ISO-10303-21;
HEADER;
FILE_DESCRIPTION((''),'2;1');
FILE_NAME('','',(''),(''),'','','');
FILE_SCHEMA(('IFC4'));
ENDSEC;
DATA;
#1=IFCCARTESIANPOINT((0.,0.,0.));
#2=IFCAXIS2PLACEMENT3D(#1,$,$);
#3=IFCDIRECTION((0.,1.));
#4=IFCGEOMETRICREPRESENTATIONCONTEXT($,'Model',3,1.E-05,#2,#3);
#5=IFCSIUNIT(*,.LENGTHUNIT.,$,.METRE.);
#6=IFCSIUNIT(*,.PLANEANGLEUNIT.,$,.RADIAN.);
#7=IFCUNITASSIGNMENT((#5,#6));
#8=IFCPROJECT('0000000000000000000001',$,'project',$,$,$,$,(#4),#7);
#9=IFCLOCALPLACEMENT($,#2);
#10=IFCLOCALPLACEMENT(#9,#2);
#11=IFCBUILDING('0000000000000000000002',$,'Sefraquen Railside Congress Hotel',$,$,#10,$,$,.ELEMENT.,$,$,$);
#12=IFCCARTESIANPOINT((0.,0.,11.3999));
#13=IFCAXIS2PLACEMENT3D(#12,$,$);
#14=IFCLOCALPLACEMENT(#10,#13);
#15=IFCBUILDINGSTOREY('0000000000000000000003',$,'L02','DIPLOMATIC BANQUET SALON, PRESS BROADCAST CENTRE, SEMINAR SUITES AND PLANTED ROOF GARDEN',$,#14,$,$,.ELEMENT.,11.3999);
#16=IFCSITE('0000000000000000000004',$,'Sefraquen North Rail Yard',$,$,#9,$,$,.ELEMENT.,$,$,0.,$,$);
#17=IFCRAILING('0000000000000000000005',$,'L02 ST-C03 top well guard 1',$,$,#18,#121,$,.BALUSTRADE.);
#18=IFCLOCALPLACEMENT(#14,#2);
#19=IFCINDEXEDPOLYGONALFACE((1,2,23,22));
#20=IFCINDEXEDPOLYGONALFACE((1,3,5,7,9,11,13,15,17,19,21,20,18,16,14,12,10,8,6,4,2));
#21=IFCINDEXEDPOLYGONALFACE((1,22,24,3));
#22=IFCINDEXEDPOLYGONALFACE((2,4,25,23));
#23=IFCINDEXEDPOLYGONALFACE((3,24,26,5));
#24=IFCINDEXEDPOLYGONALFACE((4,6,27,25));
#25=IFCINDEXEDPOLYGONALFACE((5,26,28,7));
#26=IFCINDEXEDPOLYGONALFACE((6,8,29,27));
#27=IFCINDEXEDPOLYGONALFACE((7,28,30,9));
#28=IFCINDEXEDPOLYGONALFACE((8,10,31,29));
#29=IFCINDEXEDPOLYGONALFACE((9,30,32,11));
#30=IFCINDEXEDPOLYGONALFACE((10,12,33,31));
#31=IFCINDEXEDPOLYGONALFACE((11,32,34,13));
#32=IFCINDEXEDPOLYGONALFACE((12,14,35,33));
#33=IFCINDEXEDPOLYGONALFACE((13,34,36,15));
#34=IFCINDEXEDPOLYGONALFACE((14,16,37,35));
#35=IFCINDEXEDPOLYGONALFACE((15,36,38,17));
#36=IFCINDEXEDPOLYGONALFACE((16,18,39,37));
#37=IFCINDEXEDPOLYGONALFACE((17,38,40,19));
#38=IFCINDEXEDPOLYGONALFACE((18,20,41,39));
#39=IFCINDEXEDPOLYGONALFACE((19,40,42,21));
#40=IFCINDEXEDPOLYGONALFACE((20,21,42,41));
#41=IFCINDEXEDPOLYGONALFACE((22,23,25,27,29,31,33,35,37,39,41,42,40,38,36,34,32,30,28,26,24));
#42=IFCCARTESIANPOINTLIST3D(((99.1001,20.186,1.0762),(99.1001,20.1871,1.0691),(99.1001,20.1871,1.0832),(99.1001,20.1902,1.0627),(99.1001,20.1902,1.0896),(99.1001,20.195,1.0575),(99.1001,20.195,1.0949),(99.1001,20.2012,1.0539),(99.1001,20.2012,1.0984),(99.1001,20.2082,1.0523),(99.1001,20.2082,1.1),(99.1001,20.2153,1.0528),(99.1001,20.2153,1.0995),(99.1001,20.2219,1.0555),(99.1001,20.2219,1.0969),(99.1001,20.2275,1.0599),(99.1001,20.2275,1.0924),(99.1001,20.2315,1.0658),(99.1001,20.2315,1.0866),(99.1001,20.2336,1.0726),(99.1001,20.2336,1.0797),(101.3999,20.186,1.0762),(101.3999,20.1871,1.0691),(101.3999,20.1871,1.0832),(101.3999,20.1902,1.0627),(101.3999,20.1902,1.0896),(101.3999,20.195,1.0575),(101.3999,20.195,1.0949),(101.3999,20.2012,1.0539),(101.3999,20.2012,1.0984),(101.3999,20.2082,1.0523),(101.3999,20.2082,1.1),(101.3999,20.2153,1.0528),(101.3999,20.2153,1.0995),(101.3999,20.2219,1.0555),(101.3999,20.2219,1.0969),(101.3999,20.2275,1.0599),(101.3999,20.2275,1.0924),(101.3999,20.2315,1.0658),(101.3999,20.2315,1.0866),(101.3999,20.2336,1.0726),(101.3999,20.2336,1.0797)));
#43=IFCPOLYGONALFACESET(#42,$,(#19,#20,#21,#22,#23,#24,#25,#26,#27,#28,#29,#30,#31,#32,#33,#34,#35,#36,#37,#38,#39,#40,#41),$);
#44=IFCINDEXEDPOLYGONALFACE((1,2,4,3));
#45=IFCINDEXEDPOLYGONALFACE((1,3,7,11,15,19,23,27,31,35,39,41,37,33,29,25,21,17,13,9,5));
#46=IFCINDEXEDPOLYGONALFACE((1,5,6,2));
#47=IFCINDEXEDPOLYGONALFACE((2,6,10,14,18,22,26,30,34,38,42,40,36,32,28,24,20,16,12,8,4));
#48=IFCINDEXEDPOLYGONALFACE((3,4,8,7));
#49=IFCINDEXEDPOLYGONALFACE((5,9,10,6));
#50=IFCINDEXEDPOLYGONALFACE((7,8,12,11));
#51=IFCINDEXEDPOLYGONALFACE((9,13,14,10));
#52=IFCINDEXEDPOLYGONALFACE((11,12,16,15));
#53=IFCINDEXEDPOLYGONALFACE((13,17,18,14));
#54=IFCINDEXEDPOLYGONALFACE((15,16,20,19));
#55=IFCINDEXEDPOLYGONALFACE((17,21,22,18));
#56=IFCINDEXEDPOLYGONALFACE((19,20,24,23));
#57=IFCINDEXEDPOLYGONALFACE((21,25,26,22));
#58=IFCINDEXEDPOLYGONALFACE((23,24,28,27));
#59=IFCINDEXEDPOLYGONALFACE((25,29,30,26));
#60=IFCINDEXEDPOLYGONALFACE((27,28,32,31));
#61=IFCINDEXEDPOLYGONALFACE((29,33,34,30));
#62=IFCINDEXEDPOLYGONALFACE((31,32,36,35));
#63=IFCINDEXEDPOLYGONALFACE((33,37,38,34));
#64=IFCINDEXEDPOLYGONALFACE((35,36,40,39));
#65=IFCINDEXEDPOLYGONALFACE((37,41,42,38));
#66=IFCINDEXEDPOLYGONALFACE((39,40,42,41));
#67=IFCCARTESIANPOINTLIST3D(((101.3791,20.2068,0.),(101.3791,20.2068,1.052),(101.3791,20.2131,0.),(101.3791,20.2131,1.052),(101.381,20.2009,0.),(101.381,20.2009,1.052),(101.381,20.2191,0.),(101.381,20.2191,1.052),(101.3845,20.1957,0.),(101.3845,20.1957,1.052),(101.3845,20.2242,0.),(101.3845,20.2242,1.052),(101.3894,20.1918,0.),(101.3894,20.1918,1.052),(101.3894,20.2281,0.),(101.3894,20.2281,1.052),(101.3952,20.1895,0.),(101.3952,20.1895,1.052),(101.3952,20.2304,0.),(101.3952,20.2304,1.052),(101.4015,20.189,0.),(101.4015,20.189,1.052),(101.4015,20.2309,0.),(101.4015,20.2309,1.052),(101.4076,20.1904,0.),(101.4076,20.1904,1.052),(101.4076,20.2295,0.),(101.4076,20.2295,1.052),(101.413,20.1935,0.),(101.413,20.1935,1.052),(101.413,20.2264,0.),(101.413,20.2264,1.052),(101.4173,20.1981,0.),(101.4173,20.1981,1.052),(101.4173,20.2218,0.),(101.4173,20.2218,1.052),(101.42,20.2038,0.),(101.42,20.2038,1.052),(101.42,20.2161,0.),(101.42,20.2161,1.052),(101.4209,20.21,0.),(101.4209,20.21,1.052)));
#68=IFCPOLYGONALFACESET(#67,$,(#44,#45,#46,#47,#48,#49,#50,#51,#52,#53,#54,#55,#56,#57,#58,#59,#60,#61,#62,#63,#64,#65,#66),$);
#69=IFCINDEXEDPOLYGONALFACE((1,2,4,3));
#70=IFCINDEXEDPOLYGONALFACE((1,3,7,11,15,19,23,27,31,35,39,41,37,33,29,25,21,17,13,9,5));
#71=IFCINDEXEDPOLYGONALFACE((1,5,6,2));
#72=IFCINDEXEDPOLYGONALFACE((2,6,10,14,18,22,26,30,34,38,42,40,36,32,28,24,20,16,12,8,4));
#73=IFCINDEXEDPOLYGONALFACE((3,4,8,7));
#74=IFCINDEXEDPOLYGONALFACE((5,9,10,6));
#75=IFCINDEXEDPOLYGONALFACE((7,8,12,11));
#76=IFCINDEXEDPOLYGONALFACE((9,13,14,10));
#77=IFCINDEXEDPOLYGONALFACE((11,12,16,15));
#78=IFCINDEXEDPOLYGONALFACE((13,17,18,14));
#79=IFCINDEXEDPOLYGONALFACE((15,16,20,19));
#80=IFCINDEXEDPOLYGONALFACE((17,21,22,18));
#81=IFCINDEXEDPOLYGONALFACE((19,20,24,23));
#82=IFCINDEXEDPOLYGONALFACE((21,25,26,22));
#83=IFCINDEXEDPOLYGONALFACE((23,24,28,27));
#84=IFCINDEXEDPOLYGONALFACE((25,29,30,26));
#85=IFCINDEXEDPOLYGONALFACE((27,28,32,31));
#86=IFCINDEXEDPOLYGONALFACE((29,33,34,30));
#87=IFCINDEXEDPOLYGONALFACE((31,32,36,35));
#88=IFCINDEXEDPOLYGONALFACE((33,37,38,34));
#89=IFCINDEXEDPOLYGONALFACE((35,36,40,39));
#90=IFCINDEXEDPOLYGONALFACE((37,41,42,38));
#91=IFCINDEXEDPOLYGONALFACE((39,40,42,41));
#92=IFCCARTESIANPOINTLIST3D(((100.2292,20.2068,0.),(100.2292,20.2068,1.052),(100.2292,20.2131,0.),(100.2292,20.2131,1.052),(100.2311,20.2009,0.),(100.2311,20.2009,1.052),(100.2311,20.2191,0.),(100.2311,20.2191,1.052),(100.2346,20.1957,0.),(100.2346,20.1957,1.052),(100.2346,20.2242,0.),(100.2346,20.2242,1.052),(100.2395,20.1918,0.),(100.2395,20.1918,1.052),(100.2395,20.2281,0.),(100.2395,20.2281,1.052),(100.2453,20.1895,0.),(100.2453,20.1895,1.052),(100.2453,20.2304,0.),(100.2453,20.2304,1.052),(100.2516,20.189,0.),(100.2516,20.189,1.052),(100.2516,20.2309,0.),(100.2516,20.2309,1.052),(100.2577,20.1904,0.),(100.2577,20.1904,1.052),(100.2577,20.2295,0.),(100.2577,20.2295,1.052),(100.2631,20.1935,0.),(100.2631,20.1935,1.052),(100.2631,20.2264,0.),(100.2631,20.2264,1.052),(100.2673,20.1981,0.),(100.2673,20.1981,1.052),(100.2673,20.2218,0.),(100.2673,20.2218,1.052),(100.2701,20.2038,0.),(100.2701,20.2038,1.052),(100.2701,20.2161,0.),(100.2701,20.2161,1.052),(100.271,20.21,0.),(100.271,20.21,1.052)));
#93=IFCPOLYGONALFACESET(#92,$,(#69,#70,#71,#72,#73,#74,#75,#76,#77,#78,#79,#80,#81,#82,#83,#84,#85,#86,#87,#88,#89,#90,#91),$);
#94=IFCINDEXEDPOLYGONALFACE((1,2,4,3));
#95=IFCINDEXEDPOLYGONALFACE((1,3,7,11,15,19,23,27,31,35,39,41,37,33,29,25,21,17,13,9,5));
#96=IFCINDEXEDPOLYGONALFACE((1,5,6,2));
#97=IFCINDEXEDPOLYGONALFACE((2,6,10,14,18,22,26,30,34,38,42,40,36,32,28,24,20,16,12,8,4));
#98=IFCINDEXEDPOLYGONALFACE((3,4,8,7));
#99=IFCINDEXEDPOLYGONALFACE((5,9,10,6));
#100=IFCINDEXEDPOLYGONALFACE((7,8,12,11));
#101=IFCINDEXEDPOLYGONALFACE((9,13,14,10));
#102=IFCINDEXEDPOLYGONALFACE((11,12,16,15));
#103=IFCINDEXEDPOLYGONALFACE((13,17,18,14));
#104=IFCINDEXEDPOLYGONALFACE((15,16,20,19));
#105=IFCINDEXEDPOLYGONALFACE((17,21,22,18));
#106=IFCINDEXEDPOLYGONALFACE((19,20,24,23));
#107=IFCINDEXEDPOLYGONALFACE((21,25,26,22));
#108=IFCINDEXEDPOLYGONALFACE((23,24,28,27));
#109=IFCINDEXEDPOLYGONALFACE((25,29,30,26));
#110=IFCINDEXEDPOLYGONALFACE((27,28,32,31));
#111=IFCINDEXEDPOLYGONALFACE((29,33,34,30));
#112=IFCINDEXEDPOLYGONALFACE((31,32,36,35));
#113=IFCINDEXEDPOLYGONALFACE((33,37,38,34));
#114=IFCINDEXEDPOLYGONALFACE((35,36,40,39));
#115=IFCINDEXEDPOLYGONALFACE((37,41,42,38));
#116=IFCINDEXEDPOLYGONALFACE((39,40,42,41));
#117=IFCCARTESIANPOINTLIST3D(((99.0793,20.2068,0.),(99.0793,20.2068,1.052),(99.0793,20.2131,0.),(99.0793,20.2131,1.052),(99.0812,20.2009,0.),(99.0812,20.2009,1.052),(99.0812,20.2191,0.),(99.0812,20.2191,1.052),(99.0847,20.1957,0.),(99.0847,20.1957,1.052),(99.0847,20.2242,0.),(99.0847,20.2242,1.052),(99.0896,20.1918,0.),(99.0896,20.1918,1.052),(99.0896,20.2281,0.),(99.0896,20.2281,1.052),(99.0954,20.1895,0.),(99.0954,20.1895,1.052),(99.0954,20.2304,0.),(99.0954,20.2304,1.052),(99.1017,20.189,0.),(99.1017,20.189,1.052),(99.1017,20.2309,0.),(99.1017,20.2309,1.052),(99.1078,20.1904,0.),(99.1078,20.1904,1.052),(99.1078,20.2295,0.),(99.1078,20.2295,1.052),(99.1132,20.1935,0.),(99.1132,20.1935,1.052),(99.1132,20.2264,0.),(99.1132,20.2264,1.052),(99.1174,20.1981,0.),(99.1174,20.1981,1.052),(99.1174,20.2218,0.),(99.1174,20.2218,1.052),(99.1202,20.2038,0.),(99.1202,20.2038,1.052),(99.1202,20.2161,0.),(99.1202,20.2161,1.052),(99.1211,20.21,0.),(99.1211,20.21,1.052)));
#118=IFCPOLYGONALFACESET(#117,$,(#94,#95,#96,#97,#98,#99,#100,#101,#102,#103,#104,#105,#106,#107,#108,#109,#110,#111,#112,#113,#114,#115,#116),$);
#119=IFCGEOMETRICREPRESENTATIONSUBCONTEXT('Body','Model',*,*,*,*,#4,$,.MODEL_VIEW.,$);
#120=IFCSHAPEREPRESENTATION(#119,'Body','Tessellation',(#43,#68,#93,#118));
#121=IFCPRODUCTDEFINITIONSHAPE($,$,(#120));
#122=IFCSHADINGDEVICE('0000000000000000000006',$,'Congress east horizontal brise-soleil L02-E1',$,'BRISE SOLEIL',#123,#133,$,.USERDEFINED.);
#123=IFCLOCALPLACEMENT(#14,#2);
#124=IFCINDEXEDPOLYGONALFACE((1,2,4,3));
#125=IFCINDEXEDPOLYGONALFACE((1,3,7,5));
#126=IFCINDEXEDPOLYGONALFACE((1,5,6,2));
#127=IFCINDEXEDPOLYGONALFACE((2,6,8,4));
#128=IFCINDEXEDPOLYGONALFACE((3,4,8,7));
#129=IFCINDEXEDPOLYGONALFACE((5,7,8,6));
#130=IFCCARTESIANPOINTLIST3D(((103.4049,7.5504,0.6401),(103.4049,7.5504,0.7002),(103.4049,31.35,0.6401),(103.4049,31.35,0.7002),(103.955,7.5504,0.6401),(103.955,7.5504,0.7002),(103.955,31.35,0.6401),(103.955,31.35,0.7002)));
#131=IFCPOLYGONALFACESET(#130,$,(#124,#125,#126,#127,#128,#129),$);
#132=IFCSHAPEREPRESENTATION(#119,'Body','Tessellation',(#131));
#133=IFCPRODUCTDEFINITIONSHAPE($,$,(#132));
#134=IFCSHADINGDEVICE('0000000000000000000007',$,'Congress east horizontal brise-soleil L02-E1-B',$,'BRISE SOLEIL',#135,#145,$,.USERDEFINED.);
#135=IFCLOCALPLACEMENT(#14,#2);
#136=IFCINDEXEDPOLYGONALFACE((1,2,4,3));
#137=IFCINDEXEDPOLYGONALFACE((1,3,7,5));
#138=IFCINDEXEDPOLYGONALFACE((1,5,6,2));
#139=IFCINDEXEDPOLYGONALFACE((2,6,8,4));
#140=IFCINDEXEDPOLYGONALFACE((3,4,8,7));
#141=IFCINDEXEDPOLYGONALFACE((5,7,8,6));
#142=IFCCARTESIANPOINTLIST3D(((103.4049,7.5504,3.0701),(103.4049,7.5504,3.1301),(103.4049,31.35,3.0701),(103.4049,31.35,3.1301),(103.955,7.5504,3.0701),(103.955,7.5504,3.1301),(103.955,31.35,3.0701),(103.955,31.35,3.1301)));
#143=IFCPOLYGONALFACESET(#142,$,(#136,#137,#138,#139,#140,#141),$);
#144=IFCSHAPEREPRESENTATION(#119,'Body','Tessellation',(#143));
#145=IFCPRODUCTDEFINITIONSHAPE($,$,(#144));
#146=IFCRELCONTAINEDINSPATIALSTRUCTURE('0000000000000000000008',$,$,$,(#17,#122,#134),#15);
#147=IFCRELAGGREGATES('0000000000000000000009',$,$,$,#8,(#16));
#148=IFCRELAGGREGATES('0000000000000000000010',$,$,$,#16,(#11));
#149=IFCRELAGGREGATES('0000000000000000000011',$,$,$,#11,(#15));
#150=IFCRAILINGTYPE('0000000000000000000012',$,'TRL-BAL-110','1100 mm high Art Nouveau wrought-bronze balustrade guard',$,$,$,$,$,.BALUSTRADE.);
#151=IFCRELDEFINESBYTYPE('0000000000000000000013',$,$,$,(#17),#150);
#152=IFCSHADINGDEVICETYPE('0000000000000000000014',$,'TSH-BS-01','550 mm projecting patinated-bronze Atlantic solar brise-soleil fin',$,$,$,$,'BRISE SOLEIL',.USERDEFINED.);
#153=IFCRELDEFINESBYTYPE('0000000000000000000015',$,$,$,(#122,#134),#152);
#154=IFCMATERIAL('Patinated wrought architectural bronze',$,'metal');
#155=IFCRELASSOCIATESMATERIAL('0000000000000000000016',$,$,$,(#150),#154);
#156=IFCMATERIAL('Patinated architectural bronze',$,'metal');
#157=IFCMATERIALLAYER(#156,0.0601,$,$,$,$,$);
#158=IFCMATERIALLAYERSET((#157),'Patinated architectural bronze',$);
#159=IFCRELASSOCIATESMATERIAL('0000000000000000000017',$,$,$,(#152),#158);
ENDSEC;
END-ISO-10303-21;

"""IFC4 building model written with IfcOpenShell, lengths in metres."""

from ifc_helpers import new_model, si_unit, direction, frame, origin, origin_2d, place, context, subcontext, project, spatial, rectangle, circle, extrude, material, layer, layer_set, type_object, element, save


model = new_model("IFC4")

# Units and contexts
model_context = context("Model", 3, precision=1e-05, world=origin(), true_north=direction((0.0, 1.0)))
body_context = subcontext(model_context, "Body", "Model", "MODEL_VIEW")
ifc_project = project(units=[si_unit("LENGTHUNIT", "METRE"), si_unit("PLANEANGLEUNIT", "RADIAN")], contexts=[model_context])

# Site, building, storey
site_placement = place(None, origin())
site = spatial("IfcSite", under=ifc_project, at=site_placement, Name="Sefraquen North Rail Yard", CompositionType="ELEMENT", RefElevation=0.0)
building_placement = place(site_placement, origin())
building = spatial("IfcBuilding", under=site, at=building_placement, Name="Sefraquen Railside Congress Hotel", CompositionType="ELEMENT")
storey_placement = place(building_placement, frame((0.0, 0.0, 11.3999)))
storey = spatial("IfcBuildingStorey", under=building, at=storey_placement, Name="L02", Description="DIPLOMATIC BANQUET SALON, PRESS BROADCAST CENTRE, SEMINAR SUITES AND PLANTED ROOF GARDEN", CompositionType="ELEMENT", Elevation=11.3999)

# Shared definitions
ifc_material_1 = material(Name="Patinated architectural bronze", Category="metal")

# Railing
ifc_material_2 = material(Name="Patinated wrought architectural bronze", Category="metal")
railing_type = type_object("IfcRailingType", Name="TRL-BAL-110", Description="1100 mm high Art Nouveau wrought-bronze balustrade guard", PredefinedType="BALUSTRADE", material=ifc_material_2)
railing_placement = place(storey_placement, frame((101.3999, 20.21, 0.0)))
element("IfcRailing", 1, at=railing_placement, inside=storey, type_object=railing_type, Name="L02 ST-C03 top well guard 1", PredefinedType="BALUSTRADE", context=body_context, shape_type="SweptSolid", body=[
    extrude(circle(Radius=0.0239, at=origin_2d()), frame((0.0, 0.0, 1.0762), z_axis=(-1.0, 0.0, 0.0), x_axis=(0.0, -1.0, 0.0)), (0.0, 0.0, 1.0), 2.2998),
    extrude(circle(Radius=0.021, at=origin_2d()), origin(), (0.0, 0.0, 1.0), 1.052),
    extrude(circle(Radius=0.021, at=origin_2d()), frame((-1.1499, 0.0, 0.0)), (0.0, 0.0, 1.0), 1.052),
    extrude(circle(Radius=0.021, at=origin_2d()), frame((-2.2998, 0.0, 0.0)), (0.0, 0.0, 1.0), 1.052),
])

# Shading devices
ifc_layer_1 = layer(ifc_material_1, 0.0601)
ifc_layer_set_1 = layer_set([ifc_layer_1], Name="Patinated architectural bronze")
shading_device_type = type_object("IfcShadingDeviceType", Name="TSH-BS-01", Description="550 mm projecting patinated-bronze Atlantic solar brise-soleil fin", ElementType="BRISE SOLEIL", PredefinedType="USERDEFINED", material=ifc_layer_set_1)
for number, where, z_axis, x_axis, name in (
    (2, (103.6799, 19.4502, 0.6401), (0.0, 0.0, 1.0), (1.0, 0.0, 0.0), "Congress east horizontal brise-soleil L02-E1"),
    (3, (103.6799, 19.4502, 3.0701), (0.0, 0.0, 1.0), (1.0, 0.0, 0.0), "Congress east horizontal brise-soleil L02-E1-B"),
):
    element("IfcShadingDevice", number, at=place(storey_placement, frame(where, z_axis=z_axis, x_axis=x_axis)), inside=storey, type_object=shading_device_type, Name=name, ObjectType="BRISE SOLEIL", PredefinedType="USERDEFINED", context=body_context, shape_type="SweptSolid", body=[
        extrude(rectangle(XDim=0.55, YDim=23.7996, at=origin_2d()), origin(), (0.0, 0.0, 1.0), 0.0601),
    ])

save(model, "model.ifc")
